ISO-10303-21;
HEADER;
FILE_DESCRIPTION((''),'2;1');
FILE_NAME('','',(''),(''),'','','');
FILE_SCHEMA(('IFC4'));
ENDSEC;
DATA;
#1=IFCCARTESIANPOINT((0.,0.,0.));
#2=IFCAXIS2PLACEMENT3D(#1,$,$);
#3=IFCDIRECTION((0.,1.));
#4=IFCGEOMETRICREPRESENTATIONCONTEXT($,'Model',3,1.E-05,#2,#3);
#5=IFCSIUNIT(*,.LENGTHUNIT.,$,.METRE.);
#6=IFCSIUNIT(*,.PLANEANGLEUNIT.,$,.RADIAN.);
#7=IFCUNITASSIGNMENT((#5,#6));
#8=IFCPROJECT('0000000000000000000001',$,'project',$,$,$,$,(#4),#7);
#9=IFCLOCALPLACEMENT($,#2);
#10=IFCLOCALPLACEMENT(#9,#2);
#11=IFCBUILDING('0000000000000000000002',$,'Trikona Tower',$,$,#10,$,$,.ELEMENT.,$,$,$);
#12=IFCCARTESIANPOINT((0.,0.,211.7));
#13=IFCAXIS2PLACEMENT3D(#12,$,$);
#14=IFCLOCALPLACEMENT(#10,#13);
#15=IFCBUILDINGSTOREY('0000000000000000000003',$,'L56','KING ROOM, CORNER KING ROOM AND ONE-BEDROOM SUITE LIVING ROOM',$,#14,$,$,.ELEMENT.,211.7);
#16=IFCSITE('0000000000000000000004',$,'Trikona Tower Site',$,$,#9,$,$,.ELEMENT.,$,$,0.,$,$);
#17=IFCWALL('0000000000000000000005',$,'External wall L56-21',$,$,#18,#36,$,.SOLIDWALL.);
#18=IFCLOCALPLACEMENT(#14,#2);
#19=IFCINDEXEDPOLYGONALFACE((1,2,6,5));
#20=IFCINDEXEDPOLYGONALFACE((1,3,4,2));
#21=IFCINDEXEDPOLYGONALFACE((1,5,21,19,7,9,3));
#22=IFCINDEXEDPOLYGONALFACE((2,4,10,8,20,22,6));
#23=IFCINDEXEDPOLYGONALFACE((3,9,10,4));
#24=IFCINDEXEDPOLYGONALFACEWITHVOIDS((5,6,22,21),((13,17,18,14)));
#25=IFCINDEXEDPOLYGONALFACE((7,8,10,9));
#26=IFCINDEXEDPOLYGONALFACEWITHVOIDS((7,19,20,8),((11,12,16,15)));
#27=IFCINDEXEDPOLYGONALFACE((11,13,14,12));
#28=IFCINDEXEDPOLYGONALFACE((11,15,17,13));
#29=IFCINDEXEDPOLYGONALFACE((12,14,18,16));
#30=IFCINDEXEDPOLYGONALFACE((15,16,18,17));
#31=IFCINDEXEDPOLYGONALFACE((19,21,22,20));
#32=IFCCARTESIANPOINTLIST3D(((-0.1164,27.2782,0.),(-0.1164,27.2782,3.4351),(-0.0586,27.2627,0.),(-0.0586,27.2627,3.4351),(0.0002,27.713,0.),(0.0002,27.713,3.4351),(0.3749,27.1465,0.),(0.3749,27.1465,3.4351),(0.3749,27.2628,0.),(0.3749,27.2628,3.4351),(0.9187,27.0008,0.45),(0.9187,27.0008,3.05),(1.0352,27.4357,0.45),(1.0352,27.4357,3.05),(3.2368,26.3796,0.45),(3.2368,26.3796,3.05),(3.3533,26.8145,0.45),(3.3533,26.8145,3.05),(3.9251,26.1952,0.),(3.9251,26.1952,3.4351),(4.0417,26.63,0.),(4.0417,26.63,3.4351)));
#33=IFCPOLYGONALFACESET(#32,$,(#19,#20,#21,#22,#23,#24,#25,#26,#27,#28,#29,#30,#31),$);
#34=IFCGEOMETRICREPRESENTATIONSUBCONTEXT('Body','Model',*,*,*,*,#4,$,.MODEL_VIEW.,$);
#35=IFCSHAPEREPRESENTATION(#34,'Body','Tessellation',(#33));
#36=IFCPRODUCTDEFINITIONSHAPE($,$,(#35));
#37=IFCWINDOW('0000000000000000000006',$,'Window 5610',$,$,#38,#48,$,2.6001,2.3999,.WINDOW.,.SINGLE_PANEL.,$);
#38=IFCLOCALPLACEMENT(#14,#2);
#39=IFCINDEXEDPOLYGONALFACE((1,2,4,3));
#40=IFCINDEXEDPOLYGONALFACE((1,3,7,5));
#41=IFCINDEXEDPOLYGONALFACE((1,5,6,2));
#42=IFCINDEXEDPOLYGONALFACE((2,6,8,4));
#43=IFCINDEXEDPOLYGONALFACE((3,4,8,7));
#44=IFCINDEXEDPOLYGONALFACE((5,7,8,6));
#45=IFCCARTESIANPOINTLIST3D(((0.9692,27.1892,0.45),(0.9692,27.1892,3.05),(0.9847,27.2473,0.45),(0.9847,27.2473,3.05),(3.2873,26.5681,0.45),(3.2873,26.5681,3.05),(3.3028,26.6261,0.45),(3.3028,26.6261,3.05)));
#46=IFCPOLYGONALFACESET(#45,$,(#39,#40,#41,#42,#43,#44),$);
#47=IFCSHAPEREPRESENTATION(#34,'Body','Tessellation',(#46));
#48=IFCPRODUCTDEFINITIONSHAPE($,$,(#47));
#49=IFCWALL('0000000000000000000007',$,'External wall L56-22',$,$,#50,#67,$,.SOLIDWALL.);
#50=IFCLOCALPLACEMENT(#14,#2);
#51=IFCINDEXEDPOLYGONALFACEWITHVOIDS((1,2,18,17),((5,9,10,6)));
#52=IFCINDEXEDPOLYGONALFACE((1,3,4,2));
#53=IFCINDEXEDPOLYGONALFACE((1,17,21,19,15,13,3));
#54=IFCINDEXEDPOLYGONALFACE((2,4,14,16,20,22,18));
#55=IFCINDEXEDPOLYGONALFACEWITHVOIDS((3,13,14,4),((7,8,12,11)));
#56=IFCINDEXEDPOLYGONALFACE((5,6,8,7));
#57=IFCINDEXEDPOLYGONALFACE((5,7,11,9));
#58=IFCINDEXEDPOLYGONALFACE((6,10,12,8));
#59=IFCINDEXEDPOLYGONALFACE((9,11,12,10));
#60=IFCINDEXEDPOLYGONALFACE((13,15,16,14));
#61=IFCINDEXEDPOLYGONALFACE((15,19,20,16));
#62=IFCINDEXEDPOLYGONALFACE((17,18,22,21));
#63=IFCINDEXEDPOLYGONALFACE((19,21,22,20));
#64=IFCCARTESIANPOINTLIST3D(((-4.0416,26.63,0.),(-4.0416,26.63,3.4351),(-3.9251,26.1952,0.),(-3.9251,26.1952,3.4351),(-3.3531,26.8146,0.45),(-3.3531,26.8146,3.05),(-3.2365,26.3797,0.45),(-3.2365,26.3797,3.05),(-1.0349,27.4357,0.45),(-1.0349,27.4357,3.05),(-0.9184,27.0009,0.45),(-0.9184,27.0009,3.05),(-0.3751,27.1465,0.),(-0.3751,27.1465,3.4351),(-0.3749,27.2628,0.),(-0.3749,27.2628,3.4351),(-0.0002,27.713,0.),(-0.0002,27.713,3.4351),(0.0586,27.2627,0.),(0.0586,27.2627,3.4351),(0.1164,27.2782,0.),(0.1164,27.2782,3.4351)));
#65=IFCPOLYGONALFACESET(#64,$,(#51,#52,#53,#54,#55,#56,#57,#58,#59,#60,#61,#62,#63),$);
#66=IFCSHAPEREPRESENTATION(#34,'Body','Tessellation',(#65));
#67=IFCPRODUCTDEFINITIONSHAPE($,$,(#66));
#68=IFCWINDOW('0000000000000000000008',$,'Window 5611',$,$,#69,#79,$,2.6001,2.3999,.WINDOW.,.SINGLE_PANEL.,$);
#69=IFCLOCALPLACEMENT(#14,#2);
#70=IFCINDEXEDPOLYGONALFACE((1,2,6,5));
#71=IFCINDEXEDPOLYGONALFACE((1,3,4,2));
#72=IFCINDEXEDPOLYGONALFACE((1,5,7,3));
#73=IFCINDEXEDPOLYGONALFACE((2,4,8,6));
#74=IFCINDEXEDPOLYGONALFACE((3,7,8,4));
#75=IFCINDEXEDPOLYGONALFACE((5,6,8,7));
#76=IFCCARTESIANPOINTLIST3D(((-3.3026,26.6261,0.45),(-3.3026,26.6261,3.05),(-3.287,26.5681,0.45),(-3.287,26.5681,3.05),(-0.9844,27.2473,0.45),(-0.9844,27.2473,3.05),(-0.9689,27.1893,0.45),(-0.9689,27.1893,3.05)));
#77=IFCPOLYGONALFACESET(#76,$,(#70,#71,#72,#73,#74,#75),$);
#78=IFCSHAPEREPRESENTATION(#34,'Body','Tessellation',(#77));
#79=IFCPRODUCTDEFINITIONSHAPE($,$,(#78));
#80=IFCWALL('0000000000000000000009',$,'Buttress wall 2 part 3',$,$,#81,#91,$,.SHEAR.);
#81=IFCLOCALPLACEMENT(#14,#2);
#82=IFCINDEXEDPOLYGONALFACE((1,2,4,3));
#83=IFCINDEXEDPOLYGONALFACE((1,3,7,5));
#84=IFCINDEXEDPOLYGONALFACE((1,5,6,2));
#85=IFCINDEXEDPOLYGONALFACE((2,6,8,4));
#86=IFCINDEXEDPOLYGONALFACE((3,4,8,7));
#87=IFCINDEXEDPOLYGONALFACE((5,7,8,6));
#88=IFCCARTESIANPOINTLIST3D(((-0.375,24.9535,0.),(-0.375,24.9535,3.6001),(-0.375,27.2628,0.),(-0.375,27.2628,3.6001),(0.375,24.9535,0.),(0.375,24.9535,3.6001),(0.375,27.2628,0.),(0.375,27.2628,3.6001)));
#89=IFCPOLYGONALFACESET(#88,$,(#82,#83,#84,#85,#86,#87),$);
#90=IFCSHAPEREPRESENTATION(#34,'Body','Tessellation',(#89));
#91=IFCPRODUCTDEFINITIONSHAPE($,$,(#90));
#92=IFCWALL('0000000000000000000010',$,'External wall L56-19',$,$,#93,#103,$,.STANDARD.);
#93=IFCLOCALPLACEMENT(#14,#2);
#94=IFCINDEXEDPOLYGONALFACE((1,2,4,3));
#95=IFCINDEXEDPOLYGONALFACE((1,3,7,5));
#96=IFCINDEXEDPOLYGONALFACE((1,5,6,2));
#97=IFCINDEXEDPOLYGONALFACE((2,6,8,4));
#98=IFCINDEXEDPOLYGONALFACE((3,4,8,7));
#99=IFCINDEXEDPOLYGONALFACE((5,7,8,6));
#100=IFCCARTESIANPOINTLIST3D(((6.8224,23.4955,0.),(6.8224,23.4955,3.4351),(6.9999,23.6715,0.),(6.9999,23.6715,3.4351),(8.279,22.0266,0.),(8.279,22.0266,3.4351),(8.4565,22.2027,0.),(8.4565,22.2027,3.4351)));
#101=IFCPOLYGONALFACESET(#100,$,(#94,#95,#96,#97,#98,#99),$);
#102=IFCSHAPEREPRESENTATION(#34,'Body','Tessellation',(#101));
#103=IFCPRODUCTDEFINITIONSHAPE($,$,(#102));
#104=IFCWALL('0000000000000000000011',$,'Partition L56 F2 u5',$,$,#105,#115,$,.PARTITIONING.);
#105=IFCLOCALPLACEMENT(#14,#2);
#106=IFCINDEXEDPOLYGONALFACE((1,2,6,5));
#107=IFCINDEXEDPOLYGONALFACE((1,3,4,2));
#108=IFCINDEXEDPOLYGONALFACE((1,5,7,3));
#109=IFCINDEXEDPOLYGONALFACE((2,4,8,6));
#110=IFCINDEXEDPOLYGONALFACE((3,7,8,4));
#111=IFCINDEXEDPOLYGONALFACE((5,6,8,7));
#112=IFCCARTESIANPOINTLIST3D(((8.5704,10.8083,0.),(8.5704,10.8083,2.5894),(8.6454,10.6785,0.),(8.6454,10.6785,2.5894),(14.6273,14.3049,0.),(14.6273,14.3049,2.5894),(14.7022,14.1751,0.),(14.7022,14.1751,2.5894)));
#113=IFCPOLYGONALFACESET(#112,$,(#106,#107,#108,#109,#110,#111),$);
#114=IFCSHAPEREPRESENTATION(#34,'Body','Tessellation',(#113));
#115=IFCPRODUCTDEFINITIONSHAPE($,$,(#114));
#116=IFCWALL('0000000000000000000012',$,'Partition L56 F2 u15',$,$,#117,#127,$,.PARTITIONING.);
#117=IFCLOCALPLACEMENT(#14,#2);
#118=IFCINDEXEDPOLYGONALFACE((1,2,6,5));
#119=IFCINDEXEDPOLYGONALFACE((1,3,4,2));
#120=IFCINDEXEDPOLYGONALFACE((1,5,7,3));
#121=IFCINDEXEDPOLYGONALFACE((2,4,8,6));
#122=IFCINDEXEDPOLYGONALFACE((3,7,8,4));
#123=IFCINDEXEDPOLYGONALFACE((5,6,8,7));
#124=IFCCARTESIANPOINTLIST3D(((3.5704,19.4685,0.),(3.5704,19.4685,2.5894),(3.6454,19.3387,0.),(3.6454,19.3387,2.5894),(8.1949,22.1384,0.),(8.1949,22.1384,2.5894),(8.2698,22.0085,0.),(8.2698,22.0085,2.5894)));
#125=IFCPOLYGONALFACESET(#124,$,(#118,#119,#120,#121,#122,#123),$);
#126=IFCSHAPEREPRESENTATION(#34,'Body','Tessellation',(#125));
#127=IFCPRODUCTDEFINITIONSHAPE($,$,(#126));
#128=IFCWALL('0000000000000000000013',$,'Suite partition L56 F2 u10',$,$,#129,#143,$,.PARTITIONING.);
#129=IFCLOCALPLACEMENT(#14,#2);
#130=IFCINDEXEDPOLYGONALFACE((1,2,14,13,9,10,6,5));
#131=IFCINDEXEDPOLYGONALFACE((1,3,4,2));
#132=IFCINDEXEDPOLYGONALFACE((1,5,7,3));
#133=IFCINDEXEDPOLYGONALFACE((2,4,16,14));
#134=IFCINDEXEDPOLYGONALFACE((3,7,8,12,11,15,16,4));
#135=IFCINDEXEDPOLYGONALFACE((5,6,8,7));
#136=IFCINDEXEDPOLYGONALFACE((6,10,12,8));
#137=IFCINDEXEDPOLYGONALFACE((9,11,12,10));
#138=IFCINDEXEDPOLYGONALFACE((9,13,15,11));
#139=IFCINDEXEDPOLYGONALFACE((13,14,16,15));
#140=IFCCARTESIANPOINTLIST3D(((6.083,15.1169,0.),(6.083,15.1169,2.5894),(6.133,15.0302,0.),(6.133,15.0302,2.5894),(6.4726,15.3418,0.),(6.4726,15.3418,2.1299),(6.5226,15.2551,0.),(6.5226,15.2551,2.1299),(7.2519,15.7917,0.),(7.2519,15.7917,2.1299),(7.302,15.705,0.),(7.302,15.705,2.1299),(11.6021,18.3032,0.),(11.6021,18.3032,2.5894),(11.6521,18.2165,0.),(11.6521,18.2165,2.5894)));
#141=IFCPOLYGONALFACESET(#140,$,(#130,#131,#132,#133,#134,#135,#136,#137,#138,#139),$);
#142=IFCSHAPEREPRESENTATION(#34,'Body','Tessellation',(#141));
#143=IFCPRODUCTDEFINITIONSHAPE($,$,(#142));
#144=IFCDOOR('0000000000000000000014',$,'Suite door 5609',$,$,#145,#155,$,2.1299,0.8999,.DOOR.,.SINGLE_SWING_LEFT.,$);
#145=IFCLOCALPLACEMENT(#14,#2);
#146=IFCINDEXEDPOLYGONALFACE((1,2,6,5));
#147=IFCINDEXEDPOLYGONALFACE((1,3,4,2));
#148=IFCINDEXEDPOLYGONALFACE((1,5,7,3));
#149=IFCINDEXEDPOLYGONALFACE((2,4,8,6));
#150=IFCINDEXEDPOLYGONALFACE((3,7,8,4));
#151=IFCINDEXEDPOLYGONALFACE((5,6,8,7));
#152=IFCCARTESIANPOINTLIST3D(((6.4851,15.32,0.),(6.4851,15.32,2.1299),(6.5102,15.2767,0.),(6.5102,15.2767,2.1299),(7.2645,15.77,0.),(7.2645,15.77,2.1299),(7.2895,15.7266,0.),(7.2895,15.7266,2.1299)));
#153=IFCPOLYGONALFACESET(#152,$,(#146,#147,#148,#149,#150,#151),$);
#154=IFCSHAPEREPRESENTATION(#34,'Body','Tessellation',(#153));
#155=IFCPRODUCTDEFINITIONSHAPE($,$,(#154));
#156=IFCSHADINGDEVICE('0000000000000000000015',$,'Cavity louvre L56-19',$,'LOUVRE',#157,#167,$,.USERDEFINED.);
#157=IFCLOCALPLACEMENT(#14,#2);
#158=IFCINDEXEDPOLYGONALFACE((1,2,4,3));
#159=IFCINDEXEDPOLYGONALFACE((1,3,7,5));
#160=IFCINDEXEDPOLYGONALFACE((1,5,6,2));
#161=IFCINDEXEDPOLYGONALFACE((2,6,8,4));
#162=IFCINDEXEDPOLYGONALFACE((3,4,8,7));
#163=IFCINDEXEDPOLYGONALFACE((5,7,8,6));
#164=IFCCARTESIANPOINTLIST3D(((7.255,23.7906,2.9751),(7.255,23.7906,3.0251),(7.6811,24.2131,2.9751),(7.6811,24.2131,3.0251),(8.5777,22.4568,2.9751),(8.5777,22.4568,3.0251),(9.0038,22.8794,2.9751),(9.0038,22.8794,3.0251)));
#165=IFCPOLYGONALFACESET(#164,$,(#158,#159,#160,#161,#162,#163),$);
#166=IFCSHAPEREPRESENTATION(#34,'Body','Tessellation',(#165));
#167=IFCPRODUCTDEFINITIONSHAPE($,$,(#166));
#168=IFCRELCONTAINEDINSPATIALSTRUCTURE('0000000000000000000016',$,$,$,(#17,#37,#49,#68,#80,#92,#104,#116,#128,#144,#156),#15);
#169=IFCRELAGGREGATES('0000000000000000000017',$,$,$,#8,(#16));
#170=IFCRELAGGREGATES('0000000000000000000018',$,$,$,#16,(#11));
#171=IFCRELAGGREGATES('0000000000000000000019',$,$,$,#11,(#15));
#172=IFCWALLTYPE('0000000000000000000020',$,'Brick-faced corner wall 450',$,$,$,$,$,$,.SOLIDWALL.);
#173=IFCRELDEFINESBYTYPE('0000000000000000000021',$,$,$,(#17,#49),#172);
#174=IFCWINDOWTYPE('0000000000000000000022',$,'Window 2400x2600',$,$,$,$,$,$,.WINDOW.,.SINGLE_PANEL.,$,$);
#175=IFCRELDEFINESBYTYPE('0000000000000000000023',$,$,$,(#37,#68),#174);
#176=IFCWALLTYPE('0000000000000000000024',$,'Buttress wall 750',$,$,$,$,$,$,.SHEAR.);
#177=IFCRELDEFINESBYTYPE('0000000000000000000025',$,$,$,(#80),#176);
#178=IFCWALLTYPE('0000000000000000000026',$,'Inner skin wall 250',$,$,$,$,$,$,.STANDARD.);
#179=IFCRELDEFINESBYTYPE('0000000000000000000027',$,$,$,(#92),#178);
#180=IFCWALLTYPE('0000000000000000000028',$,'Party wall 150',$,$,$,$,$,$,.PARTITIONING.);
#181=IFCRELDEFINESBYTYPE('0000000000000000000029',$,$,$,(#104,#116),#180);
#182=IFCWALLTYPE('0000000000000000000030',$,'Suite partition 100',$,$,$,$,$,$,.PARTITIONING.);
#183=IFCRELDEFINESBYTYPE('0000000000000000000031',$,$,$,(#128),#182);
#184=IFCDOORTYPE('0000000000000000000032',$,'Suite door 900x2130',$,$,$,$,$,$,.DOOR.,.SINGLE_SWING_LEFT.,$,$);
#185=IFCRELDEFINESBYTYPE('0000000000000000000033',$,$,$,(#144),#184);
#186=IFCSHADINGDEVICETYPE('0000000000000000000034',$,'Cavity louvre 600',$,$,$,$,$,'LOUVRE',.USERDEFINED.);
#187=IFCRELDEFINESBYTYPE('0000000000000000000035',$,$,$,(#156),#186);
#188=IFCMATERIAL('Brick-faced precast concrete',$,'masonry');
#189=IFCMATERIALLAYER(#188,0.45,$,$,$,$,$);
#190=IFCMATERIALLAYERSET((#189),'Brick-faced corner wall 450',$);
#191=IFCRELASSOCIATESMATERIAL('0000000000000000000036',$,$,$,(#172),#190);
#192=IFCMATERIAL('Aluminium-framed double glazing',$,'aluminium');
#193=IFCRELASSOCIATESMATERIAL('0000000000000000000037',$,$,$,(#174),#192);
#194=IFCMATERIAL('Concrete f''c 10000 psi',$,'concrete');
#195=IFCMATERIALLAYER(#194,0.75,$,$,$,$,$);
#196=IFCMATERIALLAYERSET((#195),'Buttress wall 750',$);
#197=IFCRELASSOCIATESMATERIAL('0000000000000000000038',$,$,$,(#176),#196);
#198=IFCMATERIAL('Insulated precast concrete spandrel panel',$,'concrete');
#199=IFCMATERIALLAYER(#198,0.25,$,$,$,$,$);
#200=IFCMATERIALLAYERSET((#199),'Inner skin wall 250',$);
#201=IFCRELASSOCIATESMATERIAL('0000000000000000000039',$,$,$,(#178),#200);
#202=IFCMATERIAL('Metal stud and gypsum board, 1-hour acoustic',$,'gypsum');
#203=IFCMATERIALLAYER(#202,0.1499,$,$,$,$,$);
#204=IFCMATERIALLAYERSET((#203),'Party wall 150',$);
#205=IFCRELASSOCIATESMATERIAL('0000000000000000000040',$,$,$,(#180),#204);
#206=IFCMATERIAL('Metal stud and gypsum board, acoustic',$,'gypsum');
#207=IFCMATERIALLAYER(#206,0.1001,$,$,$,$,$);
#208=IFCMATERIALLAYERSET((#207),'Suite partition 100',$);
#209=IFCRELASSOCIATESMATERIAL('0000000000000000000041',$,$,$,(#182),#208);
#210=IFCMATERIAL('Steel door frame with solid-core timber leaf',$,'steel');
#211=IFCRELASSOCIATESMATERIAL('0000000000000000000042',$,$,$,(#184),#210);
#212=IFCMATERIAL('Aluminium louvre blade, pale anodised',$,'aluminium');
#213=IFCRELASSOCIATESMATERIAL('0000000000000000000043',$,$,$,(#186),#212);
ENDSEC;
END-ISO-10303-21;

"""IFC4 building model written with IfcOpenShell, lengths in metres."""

from ifc_helpers import new_model, si_unit, direction, frame, frame_2d, origin, origin_2d, place, context, subcontext, project, spatial, polyline, rectangle, outline, extrude, material, layer, layer_set, type_object, element, fill, save


model = new_model("IFC4")

# Units and contexts
model_context = context("Model", 3, precision=1e-05, world=origin(), true_north=direction((0.0, 1.0)))
body_context = subcontext(model_context, "Body", "Model", "MODEL_VIEW")
ifc_project = project(units=[si_unit("LENGTHUNIT", "METRE"), si_unit("PLANEANGLEUNIT", "RADIAN")], contexts=[model_context])

# Site, building, storey
site_placement = place(None, origin())
site = spatial("IfcSite", under=ifc_project, at=site_placement, Name="Trikona Tower Site", CompositionType="ELEMENT", RefElevation=0.0)
building_placement = place(site_placement, origin())
building = spatial("IfcBuilding", under=site, at=building_placement, Name="Trikona Tower", CompositionType="ELEMENT")
storey_placement = place(building_placement, frame((0.0, 0.0, 211.7)))
storey = spatial("IfcBuildingStorey", under=building, at=storey_placement, Name="L56", Description="KING ROOM, CORNER KING ROOM AND ONE-BEDROOM SUITE LIVING ROOM", CompositionType="ELEMENT", Elevation=211.7)

# Walls, openings, windows
ifc_material_1 = material(Name="Brick-faced precast concrete", Category="masonry")
ifc_layer_1 = layer(ifc_material_1, 0.45)
ifc_layer_set_1 = layer_set([ifc_layer_1], Name="Brick-faced corner wall 450")
wall_type_1 = type_object("IfcWallType", Name="Brick-faced corner wall 450", PredefinedType="SOLIDWALL", material=ifc_layer_set_1)
wall_1_placement = place(storey_placement, frame((3.9834, 26.4126, 0.0), z_axis=(0.0, 0.0, 1.0), x_axis=(-0.96592, 0.258839, 0.0)))
wall_1 = element("IfcWall", 1, at=wall_1_placement, inside=storey, type_object=wall_type_1, Name="External wall L56-21", PredefinedType="SOLIDWALL", context=body_context, shape_type="SweptSolid", body=[
    extrude(outline(polyline([(4.1841, 0.2251), (4.1243, 0.2251), (3.7056, 0.1128), (3.6755, 0.2251), (0.0, 0.2251), (0.0, -0.2251), (4.1841, -0.2251), (4.1841, 0.2251)])), origin(), (0.0, 0.0, 1.0), 3.4351),
])
opening_1_placement = place(wall_1_placement, frame((0.7126, 0.0, 0.45)))
opening_1 = element("IfcOpeningElement", 2, at=opening_1_placement, cuts=wall_1, PredefinedType="OPENING", context=body_context, shape_type="SweptSolid", body=[
    extrude(rectangle(XDim=2.3999, YDim=2.6001, at=frame_2d((1.2, 1.3))), frame((0.0, 0.2349, 0.0), z_axis=(0.0, -1.0, 0.0), x_axis=(1.0, 0.0, 0.0)), (0.0, 0.0, 1.0), 0.47),
])
ifc_material_2 = material(Name="Aluminium-framed double glazing", Category="aluminium")
window_type_1 = type_object("IfcWindowType", Name="Window 2400x2600", PartitioningType="SINGLE_PANEL", PredefinedType="WINDOW", material=ifc_material_2)
window_1_placement = place(opening_1_placement, origin())
window_1 = element("IfcWindow", 3, at=window_1_placement, inside=storey, type_object=window_type_1, Name="Window 5610", OverallHeight=2.6001, OverallWidth=2.3999, PartitioningType="SINGLE_PANEL", PredefinedType="WINDOW", context=body_context, shape_type="SweptSolid", body=[
    extrude(rectangle(XDim=2.3999, YDim=2.6001, at=frame_2d((1.2, 1.3))), frame((0.0, 0.03, 0.0), z_axis=(0.0, -1.0, 0.0), x_axis=(1.0, 0.0, 0.0)), (0.0, 0.0, 1.0), 0.0601),
])
fill(opening_1, window_1)
wall_2_placement = place(storey_placement, frame((0.0581, 27.4956, 0.0), z_axis=(0.0, 0.0, 1.0), x_axis=(-0.96592, -0.258839, 0.0)))
wall_2 = element("IfcWall", 4, at=wall_2_placement, inside=storey, type_object=wall_type_1, Name="External wall L56-22", PredefinedType="SOLIDWALL", context=body_context, shape_type="SweptSolid", body=[
    extrude(outline(polyline([(4.1841, 0.2251), (0.5088, 0.2251), (0.4785, 0.1128), (0.0598, 0.2251), (0.0, 0.2251), (0.0, -0.2251), (4.1841, -0.2251), (4.1841, 0.2251)])), origin(), (0.0, 0.0, 1.0), 3.4351),
])
opening_2_placement = place(wall_2_placement, frame((1.0713, 0.0, 0.45)))
opening_2 = element("IfcOpeningElement", 5, at=opening_2_placement, cuts=wall_2, PredefinedType="OPENING", context=body_context, shape_type="SweptSolid", body=[
    extrude(rectangle(XDim=2.3999, YDim=2.6001, at=frame_2d((1.2, 1.3))), frame((0.0, 0.2349, 0.0), z_axis=(0.0, -1.0, 0.0), x_axis=(1.0, 0.0, 0.0)), (0.0, 0.0, 1.0), 0.47),
])
window_2_placement = place(opening_2_placement, origin())
window_2 = element("IfcWindow", 6, at=window_2_placement, inside=storey, type_object=window_type_1, Name="Window 5611", OverallHeight=2.6001, OverallWidth=2.3999, PartitioningType="SINGLE_PANEL", PredefinedType="WINDOW", context=body_context, shape_type="SweptSolid", body=[
    extrude(rectangle(XDim=2.3999, YDim=2.6001, at=frame_2d((1.2, 1.3))), frame((0.0, 0.03, 0.0), z_axis=(0.0, -1.0, 0.0), x_axis=(1.0, 0.0, 0.0)), (0.0, 0.0, 1.0), 0.0601),
])
fill(opening_2, window_2)

# Walls
ifc_material_3 = material(Name="Concrete f'c 10000 psi", Category="concrete")
ifc_layer_2 = layer(ifc_material_3, 0.75)
ifc_layer_set_2 = layer_set([ifc_layer_2], Name="Buttress wall 750")
wall_type_2 = type_object("IfcWallType", Name="Buttress wall 750", PredefinedType="SHEAR", material=ifc_layer_set_2)
wall_3_placement = place(storey_placement, frame((0.0, 24.9534, 0.0), z_axis=(0.0, 0.0, 1.0), x_axis=(0.0, 1.0, 0.0)))
element("IfcWall", 7, at=wall_3_placement, inside=storey, type_object=wall_type_2, Name="Buttress wall 2 part 3", PredefinedType="SHEAR", context=body_context, shape_type="SweptSolid", body=[
    extrude(rectangle(XDim=2.3093, YDim=0.75, at=frame_2d((1.1548, 0.0))), origin(), (0.0, 0.0, 1.0), 3.6001),
])
ifc_material_4 = material(Name="Insulated precast concrete spandrel panel", Category="concrete")
ifc_layer_3 = layer(ifc_material_4, 0.25)
ifc_layer_set_3 = layer_set([ifc_layer_3], Name="Inner skin wall 250")
wall_type_3 = type_object("IfcWallType", Name="Inner skin wall 250", PredefinedType="STANDARD", material=ifc_layer_set_3)
wall_4_placement = place(storey_placement, frame((8.3677, 22.1147, 0.0), z_axis=(0.0, 0.0, 1.0), x_axis=(-0.70415, 0.710051, 0.0)))
element("IfcWall", 8, at=wall_4_placement, inside=storey, type_object=wall_type_3, Name="External wall L56-19", PredefinedType="STANDARD", context=body_context, shape_type="SweptSolid", body=[
    extrude(rectangle(XDim=2.0686, YDim=0.25, at=frame_2d((1.0342, 0.0))), origin(), (0.0, 0.0, 1.0), 3.4351),
])
ifc_material_5 = material(Name="Metal stud and gypsum board, 1-hour acoustic", Category="gypsum")
ifc_layer_4 = layer(ifc_material_5, 0.1499)
ifc_layer_set_4 = layer_set([ifc_layer_4], Name="Party wall 150")
wall_type_4 = type_object("IfcWallType", Name="Party wall 150", PredefinedType="PARTITIONING", material=ifc_layer_set_4)
wall_5_placement = place(storey_placement, frame((8.6079, 10.7434, 0.0), z_axis=(0.0, 0.0, 1.0), x_axis=(0.866048, 0.499961, 0.0)))
element("IfcWall", 9, at=wall_5_placement, inside=storey, type_object=wall_type_4, Name="Partition L56 F2 u5", PredefinedType="PARTITIONING", context=body_context, shape_type="SweptSolid", body=[
    extrude(rectangle(XDim=6.9937, YDim=0.1499, at=frame_2d((3.4968, 0.0))), origin(), (0.0, 0.0, 1.0), 2.5894),
])
wall_6_placement = place(storey_placement, frame((3.6079, 19.4036, 0.0), z_axis=(0.0, 0.0, 1.0), x_axis=(0.866029, 0.499994, 0.0)))
element("IfcWall", 10, at=wall_6_placement, inside=storey, type_object=wall_type_4, Name="Partition L56 F2 u15", PredefinedType="PARTITIONING", context=body_context, shape_type="SweptSolid", body=[
    extrude(rectangle(XDim=5.3398, YDim=0.1499, at=frame_2d((2.6699, 0.0))), origin(), (0.0, 0.0, 1.0), 2.5894),
])

# Wall, opening, door
ifc_material_6 = material(Name="Metal stud and gypsum board, acoustic", Category="gypsum")
ifc_layer_5 = layer(ifc_material_6, 0.1001)
ifc_layer_set_5 = layer_set([ifc_layer_5], Name="Suite partition 100")
wall_type_5 = type_object("IfcWallType", Name="Suite partition 100", PredefinedType="PARTITIONING", material=ifc_layer_set_5)
wall_7_placement = place(storey_placement, frame((6.1079, 15.0735, 0.0), z_axis=(0.0, 0.0, 1.0), x_axis=(0.866035, 0.499983, 0.0)))
wall_7 = element("IfcWall", 11, at=wall_7_placement, inside=storey, type_object=wall_type_5, Name="Suite partition L56 F2 u10", PredefinedType="PARTITIONING", context=body_context, shape_type="SweptSolid", body=[
    extrude(rectangle(XDim=6.3728, YDim=0.1001, at=frame_2d((3.1865, 0.0))), origin(), (0.0, 0.0, 1.0), 2.5894),
])
opening_3_placement = place(wall_7_placement, frame((0.45, 0.0, 0.0)))
opening_3 = element("IfcOpeningElement", 12, at=opening_3_placement, cuts=wall_7, PredefinedType="OPENING", context=body_context, shape_type="SweptSolid", body=[
    extrude(rectangle(XDim=0.8999, YDim=2.1299, at=frame_2d((0.45, 1.0649))), frame((0.0, 0.0601, 0.0), z_axis=(0.0, -1.0, 0.0), x_axis=(1.0, 0.0, 0.0)), (0.0, 0.0, 1.0), 0.1201),
])
ifc_material_7 = material(Name="Steel door frame with solid-core timber leaf", Category="steel")
door_type_1 = type_object("IfcDoorType", Name="Suite door 900x2130", OperationType="SINGLE_SWING_LEFT", PredefinedType="DOOR", material=ifc_material_7)
door_1_placement = place(opening_3_placement, origin())
door_1 = element("IfcDoor", 13, at=door_1_placement, inside=storey, type_object=door_type_1, Name="Suite door 5609", OperationType="SINGLE_SWING_LEFT", OverallHeight=2.1299, OverallWidth=0.8999, PredefinedType="DOOR", context=body_context, shape_type="SweptSolid", body=[
    extrude(rectangle(XDim=0.8999, YDim=2.1299, at=frame_2d((0.45, 1.0649))), frame((0.0, 0.0249, 0.0), z_axis=(0.0, -1.0, 0.0), x_axis=(1.0, 0.0, 0.0)), (0.0, 0.0, 1.0), 0.05),
])
fill(opening_3, door_1)

# Shading device
ifc_material_8 = material(Name="Aluminium louvre blade, pale anodised", Category="aluminium")
shading_device_type = type_object("IfcShadingDeviceType", Name="Cavity louvre 600", ElementType="LOUVRE", PredefinedType="USERDEFINED", material=ifc_material_8)
shading_device_placement = place(storey_placement, frame((8.1294, 23.335, 2.9751), z_axis=(0.0, 0.0, 1.0), x_axis=(-0.704151, 0.71005, 0.0)))
element("IfcShadingDevice", 14, at=shading_device_placement, inside=storey, type_object=shading_device_type, Name="Cavity louvre L56-19", ObjectType="LOUVRE", PredefinedType="USERDEFINED", context=body_context, shape_type="SweptSolid", body=[
    extrude(rectangle(XDim=1.8784, YDim=0.6001, at=origin_2d()), origin(), (0.0, 0.0, 1.0), 0.05),
])

save(model, "model.ifc")
